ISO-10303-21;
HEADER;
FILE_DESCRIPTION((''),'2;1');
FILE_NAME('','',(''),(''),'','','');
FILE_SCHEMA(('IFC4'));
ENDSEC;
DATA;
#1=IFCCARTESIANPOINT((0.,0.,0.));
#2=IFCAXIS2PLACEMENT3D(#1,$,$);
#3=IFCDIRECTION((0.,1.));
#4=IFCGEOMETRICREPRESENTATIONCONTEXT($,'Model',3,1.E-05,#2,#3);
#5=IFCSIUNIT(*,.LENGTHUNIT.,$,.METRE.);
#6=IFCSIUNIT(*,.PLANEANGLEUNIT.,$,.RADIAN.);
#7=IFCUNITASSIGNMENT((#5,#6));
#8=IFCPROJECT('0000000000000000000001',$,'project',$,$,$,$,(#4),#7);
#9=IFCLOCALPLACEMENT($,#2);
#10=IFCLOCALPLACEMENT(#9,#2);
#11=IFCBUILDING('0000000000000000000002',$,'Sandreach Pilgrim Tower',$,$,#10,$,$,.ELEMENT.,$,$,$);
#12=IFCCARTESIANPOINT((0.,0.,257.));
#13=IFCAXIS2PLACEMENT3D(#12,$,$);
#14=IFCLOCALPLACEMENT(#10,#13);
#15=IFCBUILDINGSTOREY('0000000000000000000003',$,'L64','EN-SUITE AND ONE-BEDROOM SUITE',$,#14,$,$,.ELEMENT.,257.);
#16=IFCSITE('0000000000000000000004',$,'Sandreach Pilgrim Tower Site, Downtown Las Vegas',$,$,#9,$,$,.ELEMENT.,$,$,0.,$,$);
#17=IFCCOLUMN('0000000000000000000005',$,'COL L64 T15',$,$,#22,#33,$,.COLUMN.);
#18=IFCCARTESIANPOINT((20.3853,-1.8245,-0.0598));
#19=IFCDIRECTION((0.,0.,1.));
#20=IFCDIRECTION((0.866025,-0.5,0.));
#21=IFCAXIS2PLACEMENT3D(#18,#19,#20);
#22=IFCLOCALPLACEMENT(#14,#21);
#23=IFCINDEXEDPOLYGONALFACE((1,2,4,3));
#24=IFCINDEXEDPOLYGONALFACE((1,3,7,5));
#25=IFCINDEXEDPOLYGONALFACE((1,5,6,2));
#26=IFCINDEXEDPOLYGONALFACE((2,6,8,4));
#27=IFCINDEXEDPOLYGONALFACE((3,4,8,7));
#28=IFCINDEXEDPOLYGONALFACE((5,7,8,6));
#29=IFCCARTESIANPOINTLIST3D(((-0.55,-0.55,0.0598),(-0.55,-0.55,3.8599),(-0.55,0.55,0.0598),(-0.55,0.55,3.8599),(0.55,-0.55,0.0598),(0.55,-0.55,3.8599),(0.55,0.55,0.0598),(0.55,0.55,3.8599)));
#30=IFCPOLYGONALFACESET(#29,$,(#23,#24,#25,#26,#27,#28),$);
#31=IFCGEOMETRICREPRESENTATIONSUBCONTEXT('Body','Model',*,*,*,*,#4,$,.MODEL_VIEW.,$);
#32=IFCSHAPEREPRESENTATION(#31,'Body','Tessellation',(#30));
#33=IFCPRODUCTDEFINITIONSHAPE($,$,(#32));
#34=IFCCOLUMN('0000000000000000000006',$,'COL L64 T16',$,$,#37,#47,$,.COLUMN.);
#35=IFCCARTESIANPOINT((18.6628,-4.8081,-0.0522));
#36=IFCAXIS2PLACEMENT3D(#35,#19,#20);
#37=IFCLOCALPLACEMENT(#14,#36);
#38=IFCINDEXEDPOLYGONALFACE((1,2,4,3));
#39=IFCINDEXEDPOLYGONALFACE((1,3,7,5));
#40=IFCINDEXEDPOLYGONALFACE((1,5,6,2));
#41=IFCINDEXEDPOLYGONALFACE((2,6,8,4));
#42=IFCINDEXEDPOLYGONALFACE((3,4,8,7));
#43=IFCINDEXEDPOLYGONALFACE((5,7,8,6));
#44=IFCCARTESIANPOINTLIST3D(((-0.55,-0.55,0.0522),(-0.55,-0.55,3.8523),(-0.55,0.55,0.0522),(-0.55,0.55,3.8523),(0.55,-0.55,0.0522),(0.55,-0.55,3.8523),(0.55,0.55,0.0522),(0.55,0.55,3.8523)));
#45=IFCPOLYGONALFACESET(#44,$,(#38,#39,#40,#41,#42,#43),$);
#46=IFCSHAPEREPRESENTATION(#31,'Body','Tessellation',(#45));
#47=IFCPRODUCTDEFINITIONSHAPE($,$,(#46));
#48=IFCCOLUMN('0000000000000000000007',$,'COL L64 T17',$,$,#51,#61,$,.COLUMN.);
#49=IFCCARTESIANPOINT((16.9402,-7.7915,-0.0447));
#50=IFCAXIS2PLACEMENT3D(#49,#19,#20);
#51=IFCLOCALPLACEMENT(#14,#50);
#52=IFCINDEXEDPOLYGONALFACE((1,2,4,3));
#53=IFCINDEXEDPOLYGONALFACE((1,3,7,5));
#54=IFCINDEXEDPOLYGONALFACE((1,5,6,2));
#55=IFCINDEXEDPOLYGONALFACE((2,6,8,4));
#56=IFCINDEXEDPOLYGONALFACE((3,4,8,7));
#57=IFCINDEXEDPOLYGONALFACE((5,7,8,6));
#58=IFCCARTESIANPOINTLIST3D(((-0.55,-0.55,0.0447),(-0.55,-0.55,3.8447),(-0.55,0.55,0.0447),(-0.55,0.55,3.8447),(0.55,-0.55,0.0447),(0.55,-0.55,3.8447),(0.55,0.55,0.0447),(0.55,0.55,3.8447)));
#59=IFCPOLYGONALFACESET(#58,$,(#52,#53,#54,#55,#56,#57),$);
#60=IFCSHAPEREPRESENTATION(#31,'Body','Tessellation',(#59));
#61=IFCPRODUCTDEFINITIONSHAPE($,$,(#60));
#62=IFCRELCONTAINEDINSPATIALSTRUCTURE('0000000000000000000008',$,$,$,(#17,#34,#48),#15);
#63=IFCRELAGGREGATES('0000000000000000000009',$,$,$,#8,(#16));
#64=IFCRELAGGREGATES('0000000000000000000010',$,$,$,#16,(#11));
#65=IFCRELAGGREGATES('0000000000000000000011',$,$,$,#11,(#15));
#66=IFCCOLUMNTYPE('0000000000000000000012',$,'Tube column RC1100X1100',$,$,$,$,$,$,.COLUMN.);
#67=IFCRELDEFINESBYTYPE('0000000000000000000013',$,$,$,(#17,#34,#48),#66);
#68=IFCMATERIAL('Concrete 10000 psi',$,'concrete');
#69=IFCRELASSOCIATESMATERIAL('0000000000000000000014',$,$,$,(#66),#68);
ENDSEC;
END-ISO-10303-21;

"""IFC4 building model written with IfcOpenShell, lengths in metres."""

from ifc_helpers import new_model, si_unit, direction, frame, origin, origin_2d, place, context, subcontext, project, spatial, rectangle, extrude, clip, halfspace, material, material_profile, profile_set, type_object, element, save


model = new_model("IFC4")

# Units and contexts
model_context = context("Model", 3, precision=1e-05, world=origin(), true_north=direction((0.0, 1.0)))
body_context = subcontext(model_context, "Body", "Model", "MODEL_VIEW")
ifc_project = project(units=[si_unit("LENGTHUNIT", "METRE"), si_unit("PLANEANGLEUNIT", "RADIAN")], contexts=[model_context])

# Site, building, storey
site_placement = place(None, origin())
site = spatial("IfcSite", under=ifc_project, at=site_placement, Name="Sandreach Pilgrim Tower Site, Downtown Las Vegas", CompositionType="ELEMENT", RefElevation=0.0)
building_placement = place(site_placement, origin())
building = spatial("IfcBuilding", under=site, at=building_placement, Name="Sandreach Pilgrim Tower", CompositionType="ELEMENT")
storey_placement = place(building_placement, frame((0.0, 0.0, 257.0)))
storey = spatial("IfcBuildingStorey", under=building, at=storey_placement, Name="L64", Description="EN-SUITE AND ONE-BEDROOM SUITE", CompositionType="ELEMENT", Elevation=257.0)

# Columns
ifc_material_1 = material(Name="Concrete 10000 psi", Category="concrete")
ifc_material_profile_1 = material_profile(ifc_material_1, rectangle(XDim=1.1001, YDim=1.1001, at=origin_2d()), Name="RC1100X1100")
ifc_profile_set_1 = profile_set([ifc_material_profile_1], Name="Concrete 10000 psi")
column_type = type_object("IfcColumnType", Name="Tube column RC1100X1100", PredefinedType="COLUMN", material=ifc_profile_set_1)
column_1_placement = place(storey_placement, frame((20.3853, -1.8245, -0.0598), z_axis=(0.0, 0.0, 1.0), x_axis=(0.866025, -0.5, 0.0)))
element("IfcColumn", 1, at=column_1_placement, inside=storey, type_object=column_type, Name="COL L64 T15", PredefinedType="COLUMN", context=body_context, shape_type="SweptSolid", body=[
    clip(extrude(rectangle(XDim=1.1001, YDim=1.1001, at=origin_2d()), origin(), (0.0, 0.0, 1.0), 3.8599), halfspace(frame((0.0, 0.0, 0.0598)), True)),
])
column_2_placement = place(storey_placement, frame((18.6628, -4.8081, -0.0522), z_axis=(0.0, 0.0, 1.0), x_axis=(0.866025, -0.5, 0.0)))
element("IfcColumn", 2, at=column_2_placement, inside=storey, type_object=column_type, Name="COL L64 T16", PredefinedType="COLUMN", context=body_context, shape_type="SweptSolid", body=[
    clip(extrude(rectangle(XDim=1.1001, YDim=1.1001, at=origin_2d()), origin(), (0.0, 0.0, 1.0), 3.8523), halfspace(frame((0.0, 0.0, 0.0522)), True)),
])
column_3_placement = place(storey_placement, frame((16.9402, -7.7915, -0.0447), z_axis=(0.0, 0.0, 1.0), x_axis=(0.866025, -0.5, 0.0)))
element("IfcColumn", 3, at=column_3_placement, inside=storey, type_object=column_type, Name="COL L64 T17", PredefinedType="COLUMN", context=body_context, shape_type="SweptSolid", body=[
    clip(extrude(rectangle(XDim=1.1001, YDim=1.1001, at=origin_2d()), origin(), (0.0, 0.0, 1.0), 3.8447), halfspace(frame((0.0, 0.0, 0.0447)), True)),
])

save(model, "model.ifc")
